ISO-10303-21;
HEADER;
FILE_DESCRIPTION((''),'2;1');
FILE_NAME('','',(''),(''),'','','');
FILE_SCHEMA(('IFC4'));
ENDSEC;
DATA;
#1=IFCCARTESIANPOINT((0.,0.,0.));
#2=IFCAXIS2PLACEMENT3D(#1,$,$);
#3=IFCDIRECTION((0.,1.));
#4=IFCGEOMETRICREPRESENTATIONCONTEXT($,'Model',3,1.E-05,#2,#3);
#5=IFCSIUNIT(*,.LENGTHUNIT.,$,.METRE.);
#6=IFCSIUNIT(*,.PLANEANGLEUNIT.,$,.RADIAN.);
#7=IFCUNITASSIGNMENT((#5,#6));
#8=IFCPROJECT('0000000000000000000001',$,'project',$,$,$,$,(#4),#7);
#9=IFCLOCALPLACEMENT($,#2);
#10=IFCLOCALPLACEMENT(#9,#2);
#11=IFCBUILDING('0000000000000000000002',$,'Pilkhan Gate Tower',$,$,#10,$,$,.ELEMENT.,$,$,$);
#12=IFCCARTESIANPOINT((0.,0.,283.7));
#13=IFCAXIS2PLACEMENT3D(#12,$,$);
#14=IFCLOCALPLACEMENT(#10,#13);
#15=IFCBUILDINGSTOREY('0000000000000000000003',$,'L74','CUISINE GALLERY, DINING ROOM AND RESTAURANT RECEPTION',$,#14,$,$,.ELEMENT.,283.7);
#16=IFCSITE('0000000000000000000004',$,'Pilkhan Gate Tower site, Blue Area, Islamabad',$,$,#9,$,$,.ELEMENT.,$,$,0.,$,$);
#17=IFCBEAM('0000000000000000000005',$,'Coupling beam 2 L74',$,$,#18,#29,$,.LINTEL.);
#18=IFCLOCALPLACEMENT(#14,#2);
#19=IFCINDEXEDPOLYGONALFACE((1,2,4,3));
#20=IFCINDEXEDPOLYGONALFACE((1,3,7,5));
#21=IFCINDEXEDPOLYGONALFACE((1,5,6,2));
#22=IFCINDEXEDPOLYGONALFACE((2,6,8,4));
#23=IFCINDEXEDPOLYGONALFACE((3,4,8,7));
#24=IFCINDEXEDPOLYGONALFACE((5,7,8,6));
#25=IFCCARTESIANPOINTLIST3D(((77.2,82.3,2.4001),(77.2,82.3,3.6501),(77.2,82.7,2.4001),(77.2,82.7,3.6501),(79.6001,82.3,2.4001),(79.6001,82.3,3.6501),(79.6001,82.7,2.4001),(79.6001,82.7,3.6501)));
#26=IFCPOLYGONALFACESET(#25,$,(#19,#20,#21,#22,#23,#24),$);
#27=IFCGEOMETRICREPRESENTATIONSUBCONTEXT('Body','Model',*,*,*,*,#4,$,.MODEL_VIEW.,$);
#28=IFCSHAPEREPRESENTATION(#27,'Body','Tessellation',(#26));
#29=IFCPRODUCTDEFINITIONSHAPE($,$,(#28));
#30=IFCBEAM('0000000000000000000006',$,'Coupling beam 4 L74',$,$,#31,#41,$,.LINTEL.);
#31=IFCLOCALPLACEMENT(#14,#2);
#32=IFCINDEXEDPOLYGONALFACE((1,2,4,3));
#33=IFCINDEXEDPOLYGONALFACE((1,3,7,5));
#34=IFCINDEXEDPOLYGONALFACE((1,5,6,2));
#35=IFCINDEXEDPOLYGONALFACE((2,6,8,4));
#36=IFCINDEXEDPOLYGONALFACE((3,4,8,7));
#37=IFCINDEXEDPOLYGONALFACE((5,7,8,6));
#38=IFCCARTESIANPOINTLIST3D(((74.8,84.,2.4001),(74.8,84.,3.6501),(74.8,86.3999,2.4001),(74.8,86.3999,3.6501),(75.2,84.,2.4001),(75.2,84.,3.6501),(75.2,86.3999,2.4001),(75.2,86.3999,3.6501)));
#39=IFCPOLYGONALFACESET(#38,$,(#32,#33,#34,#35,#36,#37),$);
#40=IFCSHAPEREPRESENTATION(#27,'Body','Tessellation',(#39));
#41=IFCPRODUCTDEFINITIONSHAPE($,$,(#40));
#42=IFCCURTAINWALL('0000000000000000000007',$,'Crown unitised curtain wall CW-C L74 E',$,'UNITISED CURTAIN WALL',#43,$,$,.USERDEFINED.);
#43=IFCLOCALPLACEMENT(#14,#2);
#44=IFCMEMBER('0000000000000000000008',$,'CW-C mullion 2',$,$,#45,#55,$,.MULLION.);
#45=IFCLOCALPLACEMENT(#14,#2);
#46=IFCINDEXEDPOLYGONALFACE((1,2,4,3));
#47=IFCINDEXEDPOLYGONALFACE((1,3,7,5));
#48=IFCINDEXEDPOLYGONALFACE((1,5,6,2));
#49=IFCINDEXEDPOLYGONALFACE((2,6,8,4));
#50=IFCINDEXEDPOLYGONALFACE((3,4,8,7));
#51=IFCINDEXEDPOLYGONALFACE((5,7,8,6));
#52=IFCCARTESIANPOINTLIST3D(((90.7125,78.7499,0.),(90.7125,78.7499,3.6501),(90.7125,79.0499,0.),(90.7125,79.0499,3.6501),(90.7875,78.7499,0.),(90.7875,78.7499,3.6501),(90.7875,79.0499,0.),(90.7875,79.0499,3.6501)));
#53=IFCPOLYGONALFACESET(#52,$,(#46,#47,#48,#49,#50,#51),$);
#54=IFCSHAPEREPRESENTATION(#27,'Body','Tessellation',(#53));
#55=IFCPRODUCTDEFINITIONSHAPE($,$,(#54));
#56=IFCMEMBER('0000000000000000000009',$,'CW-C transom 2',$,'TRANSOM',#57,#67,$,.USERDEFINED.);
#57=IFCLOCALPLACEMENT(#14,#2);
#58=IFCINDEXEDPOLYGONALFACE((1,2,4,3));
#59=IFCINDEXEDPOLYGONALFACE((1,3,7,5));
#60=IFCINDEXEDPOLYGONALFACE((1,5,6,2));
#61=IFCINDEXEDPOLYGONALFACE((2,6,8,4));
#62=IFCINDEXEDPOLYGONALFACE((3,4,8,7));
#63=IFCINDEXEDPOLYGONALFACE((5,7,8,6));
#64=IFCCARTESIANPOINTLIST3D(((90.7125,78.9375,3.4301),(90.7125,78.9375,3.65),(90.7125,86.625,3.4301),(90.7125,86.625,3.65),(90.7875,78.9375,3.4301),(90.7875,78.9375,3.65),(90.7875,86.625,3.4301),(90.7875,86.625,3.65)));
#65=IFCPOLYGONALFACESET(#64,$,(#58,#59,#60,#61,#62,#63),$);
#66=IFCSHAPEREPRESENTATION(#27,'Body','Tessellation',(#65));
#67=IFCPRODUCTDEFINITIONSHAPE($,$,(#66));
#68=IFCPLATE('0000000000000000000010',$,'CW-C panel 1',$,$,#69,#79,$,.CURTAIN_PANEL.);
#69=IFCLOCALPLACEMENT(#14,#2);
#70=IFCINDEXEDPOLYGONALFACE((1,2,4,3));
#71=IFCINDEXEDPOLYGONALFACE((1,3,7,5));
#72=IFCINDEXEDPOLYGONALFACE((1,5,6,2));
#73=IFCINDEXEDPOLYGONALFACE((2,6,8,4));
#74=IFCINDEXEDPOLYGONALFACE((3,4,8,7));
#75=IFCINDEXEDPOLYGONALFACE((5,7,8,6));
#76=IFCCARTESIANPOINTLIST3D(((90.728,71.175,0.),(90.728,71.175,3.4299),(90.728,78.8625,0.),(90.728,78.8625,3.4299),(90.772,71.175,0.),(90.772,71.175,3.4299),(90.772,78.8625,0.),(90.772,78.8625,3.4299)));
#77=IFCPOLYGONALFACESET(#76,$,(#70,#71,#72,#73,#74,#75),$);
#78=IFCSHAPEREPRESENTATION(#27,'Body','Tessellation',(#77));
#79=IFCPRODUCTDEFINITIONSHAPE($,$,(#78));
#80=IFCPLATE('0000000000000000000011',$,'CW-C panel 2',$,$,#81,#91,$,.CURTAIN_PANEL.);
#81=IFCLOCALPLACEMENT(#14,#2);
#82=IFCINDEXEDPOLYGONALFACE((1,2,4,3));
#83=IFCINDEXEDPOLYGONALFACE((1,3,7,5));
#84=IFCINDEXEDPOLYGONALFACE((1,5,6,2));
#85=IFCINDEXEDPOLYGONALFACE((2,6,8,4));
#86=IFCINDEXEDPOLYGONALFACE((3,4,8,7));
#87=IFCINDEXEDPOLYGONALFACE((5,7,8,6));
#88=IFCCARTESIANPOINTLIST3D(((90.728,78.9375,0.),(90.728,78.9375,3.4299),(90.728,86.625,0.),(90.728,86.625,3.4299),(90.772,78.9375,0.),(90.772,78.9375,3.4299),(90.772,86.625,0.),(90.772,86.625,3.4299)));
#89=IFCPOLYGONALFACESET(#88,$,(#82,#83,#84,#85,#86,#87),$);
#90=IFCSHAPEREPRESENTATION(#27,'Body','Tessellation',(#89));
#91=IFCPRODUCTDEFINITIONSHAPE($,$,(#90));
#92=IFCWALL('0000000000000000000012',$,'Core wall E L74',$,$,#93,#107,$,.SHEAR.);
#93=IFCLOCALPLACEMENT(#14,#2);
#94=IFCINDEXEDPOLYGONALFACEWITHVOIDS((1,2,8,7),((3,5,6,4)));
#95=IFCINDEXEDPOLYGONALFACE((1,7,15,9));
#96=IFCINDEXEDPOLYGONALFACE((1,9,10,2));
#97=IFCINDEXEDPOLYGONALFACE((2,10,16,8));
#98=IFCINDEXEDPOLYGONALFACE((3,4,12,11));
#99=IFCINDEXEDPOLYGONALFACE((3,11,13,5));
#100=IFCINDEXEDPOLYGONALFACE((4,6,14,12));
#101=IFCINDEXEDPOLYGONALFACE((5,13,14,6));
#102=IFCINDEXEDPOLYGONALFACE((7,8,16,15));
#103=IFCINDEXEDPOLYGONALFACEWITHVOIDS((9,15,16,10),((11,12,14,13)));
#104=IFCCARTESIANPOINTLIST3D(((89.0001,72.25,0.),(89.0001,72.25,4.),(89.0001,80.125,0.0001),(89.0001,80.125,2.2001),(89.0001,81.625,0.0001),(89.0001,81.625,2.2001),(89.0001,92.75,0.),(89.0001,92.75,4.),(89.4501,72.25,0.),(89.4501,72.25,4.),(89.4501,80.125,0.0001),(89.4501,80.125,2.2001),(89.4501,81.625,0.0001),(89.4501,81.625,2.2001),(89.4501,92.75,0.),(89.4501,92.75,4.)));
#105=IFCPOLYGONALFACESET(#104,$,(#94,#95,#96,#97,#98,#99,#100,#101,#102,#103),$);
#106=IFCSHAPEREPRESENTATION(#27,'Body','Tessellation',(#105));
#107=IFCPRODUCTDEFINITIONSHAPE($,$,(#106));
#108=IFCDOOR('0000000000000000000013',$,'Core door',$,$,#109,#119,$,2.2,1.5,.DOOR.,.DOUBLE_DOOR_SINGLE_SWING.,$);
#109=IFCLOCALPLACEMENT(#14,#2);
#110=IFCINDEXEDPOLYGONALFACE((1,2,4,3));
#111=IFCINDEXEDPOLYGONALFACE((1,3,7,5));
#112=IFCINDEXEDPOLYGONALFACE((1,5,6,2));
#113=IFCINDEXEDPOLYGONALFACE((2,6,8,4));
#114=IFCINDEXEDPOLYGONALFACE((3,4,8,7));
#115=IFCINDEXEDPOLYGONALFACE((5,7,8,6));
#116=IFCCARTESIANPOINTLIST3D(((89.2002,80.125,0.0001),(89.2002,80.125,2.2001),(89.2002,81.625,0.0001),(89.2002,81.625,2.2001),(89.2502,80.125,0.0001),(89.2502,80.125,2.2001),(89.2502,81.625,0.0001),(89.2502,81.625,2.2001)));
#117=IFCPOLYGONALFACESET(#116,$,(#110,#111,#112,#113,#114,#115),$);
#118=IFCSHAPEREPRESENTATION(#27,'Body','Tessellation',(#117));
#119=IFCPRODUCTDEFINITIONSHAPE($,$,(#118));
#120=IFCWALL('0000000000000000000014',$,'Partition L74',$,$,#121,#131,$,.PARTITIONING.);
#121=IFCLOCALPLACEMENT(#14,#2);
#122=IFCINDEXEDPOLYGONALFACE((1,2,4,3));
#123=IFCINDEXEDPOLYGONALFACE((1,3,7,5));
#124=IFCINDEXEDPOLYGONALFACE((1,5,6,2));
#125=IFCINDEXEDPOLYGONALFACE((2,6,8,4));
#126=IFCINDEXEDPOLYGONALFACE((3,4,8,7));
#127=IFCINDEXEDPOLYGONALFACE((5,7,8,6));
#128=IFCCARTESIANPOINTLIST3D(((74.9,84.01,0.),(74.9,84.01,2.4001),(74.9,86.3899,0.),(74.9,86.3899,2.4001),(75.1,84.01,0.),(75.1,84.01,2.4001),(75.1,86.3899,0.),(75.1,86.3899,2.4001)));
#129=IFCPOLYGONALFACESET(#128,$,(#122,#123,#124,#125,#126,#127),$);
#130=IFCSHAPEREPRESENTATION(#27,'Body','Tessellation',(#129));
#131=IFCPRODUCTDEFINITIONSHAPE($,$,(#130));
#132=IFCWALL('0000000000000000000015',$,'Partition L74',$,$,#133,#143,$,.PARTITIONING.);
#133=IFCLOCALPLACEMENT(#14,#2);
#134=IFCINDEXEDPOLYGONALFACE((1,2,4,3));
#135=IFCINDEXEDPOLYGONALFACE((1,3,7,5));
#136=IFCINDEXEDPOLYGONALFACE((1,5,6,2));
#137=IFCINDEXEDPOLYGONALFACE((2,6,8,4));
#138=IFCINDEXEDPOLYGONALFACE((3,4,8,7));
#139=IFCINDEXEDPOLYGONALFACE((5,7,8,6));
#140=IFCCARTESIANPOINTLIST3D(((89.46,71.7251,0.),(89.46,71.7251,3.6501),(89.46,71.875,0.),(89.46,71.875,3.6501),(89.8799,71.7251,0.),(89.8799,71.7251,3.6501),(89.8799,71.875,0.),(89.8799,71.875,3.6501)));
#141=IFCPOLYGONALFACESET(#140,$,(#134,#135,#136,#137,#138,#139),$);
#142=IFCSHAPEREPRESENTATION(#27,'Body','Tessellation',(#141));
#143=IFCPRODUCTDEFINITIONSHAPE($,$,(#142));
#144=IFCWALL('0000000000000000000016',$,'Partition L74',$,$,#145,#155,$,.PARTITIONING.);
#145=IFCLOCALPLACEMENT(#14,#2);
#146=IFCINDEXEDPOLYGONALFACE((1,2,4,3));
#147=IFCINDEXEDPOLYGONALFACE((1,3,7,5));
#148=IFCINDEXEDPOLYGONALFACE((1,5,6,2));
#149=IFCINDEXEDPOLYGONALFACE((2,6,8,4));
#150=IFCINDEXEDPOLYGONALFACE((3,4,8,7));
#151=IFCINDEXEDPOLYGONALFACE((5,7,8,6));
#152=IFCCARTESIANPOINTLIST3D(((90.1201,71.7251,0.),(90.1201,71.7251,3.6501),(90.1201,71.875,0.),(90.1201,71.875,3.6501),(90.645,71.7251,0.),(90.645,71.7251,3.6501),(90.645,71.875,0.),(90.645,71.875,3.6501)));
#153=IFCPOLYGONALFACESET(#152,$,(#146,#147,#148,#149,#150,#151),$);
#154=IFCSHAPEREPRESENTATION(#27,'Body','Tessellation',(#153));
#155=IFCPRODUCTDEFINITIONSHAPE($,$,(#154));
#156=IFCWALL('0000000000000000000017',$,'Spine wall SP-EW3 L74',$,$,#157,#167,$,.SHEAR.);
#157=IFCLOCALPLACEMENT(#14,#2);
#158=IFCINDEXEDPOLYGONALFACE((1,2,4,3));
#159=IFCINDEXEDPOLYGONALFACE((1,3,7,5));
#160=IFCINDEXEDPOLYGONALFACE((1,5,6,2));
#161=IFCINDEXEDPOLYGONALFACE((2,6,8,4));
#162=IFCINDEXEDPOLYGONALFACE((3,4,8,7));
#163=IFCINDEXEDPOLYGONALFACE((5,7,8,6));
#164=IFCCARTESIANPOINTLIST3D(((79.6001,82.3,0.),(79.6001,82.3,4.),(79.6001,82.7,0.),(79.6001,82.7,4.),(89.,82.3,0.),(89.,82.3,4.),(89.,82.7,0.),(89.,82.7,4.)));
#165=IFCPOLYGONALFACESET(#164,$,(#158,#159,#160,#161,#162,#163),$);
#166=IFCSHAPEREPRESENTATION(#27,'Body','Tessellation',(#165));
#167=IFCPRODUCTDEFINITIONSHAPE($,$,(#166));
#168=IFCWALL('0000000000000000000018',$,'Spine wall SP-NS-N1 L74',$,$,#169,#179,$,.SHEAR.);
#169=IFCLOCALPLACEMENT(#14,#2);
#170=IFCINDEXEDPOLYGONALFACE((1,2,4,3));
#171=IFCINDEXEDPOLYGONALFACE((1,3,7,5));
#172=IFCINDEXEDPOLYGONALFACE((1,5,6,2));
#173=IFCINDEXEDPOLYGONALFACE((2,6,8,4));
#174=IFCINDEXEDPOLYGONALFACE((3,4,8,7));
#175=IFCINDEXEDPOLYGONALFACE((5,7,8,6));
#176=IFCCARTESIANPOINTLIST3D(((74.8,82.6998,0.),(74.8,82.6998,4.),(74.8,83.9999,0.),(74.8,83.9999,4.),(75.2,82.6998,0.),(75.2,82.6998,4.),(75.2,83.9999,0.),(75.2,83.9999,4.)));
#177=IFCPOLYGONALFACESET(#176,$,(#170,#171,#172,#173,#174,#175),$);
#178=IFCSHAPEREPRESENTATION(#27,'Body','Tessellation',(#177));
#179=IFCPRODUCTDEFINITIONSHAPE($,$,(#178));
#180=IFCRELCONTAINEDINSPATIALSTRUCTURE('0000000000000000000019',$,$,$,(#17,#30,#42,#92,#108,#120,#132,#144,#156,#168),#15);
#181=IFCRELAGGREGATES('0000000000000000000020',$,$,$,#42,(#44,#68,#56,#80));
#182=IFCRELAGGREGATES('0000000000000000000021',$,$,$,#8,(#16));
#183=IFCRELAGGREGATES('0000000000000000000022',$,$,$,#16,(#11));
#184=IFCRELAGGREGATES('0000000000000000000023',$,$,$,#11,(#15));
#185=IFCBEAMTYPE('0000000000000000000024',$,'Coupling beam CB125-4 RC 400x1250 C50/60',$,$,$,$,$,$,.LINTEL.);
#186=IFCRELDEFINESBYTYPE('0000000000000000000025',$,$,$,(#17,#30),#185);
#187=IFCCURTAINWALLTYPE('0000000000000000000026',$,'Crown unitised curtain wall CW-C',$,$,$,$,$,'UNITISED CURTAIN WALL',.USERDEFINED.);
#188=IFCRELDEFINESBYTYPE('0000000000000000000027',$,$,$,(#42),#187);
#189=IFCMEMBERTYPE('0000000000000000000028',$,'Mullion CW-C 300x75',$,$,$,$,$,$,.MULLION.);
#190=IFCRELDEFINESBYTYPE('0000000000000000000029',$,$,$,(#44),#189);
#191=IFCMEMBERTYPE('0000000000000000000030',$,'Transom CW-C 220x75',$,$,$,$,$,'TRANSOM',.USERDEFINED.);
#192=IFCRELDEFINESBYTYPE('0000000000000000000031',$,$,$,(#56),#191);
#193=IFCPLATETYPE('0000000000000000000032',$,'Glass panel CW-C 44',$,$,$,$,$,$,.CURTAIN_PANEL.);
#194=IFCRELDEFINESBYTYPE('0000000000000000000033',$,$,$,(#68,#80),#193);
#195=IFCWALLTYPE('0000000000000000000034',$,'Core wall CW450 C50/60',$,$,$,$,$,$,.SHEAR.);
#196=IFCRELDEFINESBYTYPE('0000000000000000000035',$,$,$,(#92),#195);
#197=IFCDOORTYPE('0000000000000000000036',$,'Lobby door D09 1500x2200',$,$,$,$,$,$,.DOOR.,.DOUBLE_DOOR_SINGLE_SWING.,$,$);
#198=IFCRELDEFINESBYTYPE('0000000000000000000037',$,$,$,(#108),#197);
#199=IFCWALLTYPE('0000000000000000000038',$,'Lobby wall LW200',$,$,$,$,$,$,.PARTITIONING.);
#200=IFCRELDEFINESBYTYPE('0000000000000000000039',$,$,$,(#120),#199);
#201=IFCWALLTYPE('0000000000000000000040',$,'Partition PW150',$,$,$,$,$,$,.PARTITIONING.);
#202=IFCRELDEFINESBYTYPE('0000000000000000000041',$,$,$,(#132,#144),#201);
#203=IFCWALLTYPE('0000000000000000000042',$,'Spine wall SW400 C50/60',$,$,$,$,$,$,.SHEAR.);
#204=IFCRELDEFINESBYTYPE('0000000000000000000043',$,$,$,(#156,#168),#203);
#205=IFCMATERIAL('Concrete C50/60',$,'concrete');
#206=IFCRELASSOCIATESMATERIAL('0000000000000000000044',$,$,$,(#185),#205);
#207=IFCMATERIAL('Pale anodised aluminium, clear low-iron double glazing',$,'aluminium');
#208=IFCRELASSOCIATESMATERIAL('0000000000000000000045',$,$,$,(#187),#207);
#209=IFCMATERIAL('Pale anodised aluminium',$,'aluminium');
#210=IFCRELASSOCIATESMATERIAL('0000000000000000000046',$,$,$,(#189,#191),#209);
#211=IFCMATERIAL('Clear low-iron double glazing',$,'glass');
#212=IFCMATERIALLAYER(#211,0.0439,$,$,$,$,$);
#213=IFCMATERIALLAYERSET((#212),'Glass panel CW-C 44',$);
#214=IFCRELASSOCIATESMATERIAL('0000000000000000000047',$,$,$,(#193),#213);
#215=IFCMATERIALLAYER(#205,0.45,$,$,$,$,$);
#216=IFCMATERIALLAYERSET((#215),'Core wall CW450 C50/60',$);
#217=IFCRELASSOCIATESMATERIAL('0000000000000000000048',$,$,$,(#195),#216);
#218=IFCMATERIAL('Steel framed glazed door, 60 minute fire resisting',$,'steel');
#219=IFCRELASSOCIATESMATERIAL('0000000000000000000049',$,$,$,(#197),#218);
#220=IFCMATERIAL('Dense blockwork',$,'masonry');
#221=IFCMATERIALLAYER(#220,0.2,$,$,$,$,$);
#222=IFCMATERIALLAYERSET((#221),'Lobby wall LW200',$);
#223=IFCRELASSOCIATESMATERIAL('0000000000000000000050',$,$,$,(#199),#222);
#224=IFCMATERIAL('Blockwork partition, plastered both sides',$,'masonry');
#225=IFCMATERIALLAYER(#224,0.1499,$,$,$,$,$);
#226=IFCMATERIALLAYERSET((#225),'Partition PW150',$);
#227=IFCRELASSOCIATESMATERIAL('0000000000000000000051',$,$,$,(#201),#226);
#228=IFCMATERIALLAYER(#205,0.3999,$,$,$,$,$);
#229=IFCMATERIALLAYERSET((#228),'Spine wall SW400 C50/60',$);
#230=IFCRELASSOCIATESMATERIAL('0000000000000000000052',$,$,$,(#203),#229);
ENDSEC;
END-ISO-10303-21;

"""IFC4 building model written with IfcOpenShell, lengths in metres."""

from ifc_helpers import new_model, si_unit, direction, frame, frame_2d, origin, origin_2d, place, context, subcontext, project, spatial, rectangle, extrude, material, layer, layer_set, material_profile, profile_set, type_object, element, fill, aggregate, save


model = new_model("IFC4")

# Units and contexts
model_context = context("Model", 3, precision=1e-05, world=origin(), true_north=direction((0.0, 1.0)))
body_context = subcontext(model_context, "Body", "Model", "MODEL_VIEW")
ifc_project = project(units=[si_unit("LENGTHUNIT", "METRE"), si_unit("PLANEANGLEUNIT", "RADIAN")], contexts=[model_context])

# Site, building, storey
site_placement = place(None, origin())
site = spatial("IfcSite", under=ifc_project, at=site_placement, Name="Pilkhan Gate Tower site, Blue Area, Islamabad", CompositionType="ELEMENT", RefElevation=0.0)
building_placement = place(site_placement, origin())
building = spatial("IfcBuilding", under=site, at=building_placement, Name="Pilkhan Gate Tower", CompositionType="ELEMENT")
storey_placement = place(building_placement, frame((0.0, 0.0, 283.7)))
storey = spatial("IfcBuildingStorey", under=building, at=storey_placement, Name="L74", Description="CUISINE GALLERY, DINING ROOM AND RESTAURANT RECEPTION", CompositionType="ELEMENT", Elevation=283.7)

# Beams
ifc_material_1 = material(Name="Concrete C50/60", Category="concrete")
ifc_material_profile_1 = material_profile(ifc_material_1, rectangle(XDim=0.3999, YDim=1.25, at=origin_2d()), Name="RC 400x1250")
ifc_profile_set_1 = profile_set([ifc_material_profile_1], Name="Concrete C50/60")
beam_type = type_object("IfcBeamType", Name="Coupling beam CB125-4 RC 400x1250 C50/60", PredefinedType="LINTEL", material=ifc_profile_set_1)
beam_1_placement = place(storey_placement, frame((77.2, 82.5, 3.0251), z_axis=(1.0, 0.0, 0.0), x_axis=(0.0, 1.0, 0.0)))
element("IfcBeam", 1, at=beam_1_placement, inside=storey, type_object=beam_type, Name="Coupling beam 2 L74", PredefinedType="LINTEL", context=body_context, shape_type="SweptSolid", body=[
    extrude(rectangle(XDim=0.3999, YDim=1.25, at=origin_2d()), origin(), (0.0, 0.0, 1.0), 2.4001),
])
beam_2_placement = place(storey_placement, frame((75.0, 84.0, 3.0251), z_axis=(0.0, 1.0, 0.0), x_axis=(-1.0, 0.0, 0.0)))
element("IfcBeam", 2, at=beam_2_placement, inside=storey, type_object=beam_type, Name="Coupling beam 4 L74", PredefinedType="LINTEL", context=body_context, shape_type="SweptSolid", body=[
    extrude(rectangle(XDim=0.3999, YDim=1.25, at=origin_2d()), origin(), (0.0, 0.0, 1.0), 2.3999),
])

# Curtain wall, members, plates
ifc_material_2 = material(Name="Pale anodised aluminium, clear low-iron double glazing", Category="aluminium")
curtain_wall_type = type_object("IfcCurtainWallType", Name="Crown unitised curtain wall CW-C", ElementType="UNITISED CURTAIN WALL", PredefinedType="USERDEFINED", material=ifc_material_2)
curtain_wall_placement = place(storey_placement, origin())
curtain_wall = element("IfcCurtainWall", 3, at=curtain_wall_placement, inside=storey, type_object=curtain_wall_type, Name="Crown unitised curtain wall CW-C L74 E", ObjectType="UNITISED CURTAIN WALL", PredefinedType="USERDEFINED")
ifc_material_3 = material(Name="Pale anodised aluminium", Category="aluminium")
ifc_material_profile_2 = material_profile(ifc_material_3, rectangle(XDim=0.075, YDim=0.3, at=origin_2d()), Name="Mullion 300x75")
ifc_profile_set_2 = profile_set([ifc_material_profile_2], Name="Pale anodised aluminium")
member_type_1 = type_object("IfcMemberType", Name="Mullion CW-C 300x75", PredefinedType="MULLION", material=ifc_profile_set_2)
member_1_placement = place(storey_placement, frame((90.75, 78.8999, 0.0), z_axis=(0.0, 0.0, 1.0), x_axis=(-1.0, 0.0, 0.0)))
member_1 = element("IfcMember", 4, at=member_1_placement, type_object=member_type_1, Name="CW-C mullion 2", PredefinedType="MULLION", context=body_context, shape_type="SweptSolid", body=[
    extrude(rectangle(XDim=0.075, YDim=0.3, at=origin_2d()), origin(), (0.0, 0.0, 1.0), 3.6501),
])
ifc_material_profile_3 = material_profile(ifc_material_3, rectangle(XDim=0.075, YDim=0.22, at=origin_2d()), Name="Transom 220x75")
ifc_profile_set_3 = profile_set([ifc_material_profile_3], Name="Pale anodised aluminium")
member_type_2 = type_object("IfcMemberType", Name="Transom CW-C 220x75", ElementType="TRANSOM", PredefinedType="USERDEFINED", material=ifc_profile_set_3)
member_2_placement = place(storey_placement, frame((90.75, 78.9375, 3.54), z_axis=(0.0, 1.0, 0.0), x_axis=(-1.0, 0.0, 0.0)))
member_2 = element("IfcMember", 5, at=member_2_placement, type_object=member_type_2, Name="CW-C transom 2", ObjectType="TRANSOM", PredefinedType="USERDEFINED", context=body_context, shape_type="SweptSolid", body=[
    extrude(rectangle(XDim=0.075, YDim=0.22, at=origin_2d()), origin(), (0.0, 0.0, 1.0), 7.6875),
])
ifc_material_4 = material(Name="Clear low-iron double glazing", Category="glass")
ifc_layer_1 = layer(ifc_material_4, 0.0439)
ifc_layer_set_1 = layer_set([ifc_layer_1], Name="Glass panel CW-C 44")
plate_type = type_object("IfcPlateType", Name="Glass panel CW-C 44", PredefinedType="CURTAIN_PANEL", material=ifc_layer_set_1)
plate_1_placement = place(storey_placement, frame((90.75, 75.0188, 0.0), z_axis=(0.0, 0.0, 1.0), x_axis=(0.0, 1.0, 0.0)))
plate_1 = element("IfcPlate", 6, at=plate_1_placement, type_object=plate_type, Name="CW-C panel 1", PredefinedType="CURTAIN_PANEL", context=body_context, shape_type="SweptSolid", body=[
    extrude(rectangle(XDim=7.6875, YDim=0.0439, at=origin_2d()), origin(), (0.0, 0.0, 1.0), 3.4299),
])
plate_2_placement = place(storey_placement, frame((90.75, 82.7812, 0.0), z_axis=(0.0, 0.0, 1.0), x_axis=(0.0, 1.0, 0.0)))
plate_2 = element("IfcPlate", 7, at=plate_2_placement, type_object=plate_type, Name="CW-C panel 2", PredefinedType="CURTAIN_PANEL", context=body_context, shape_type="SweptSolid", body=[
    extrude(rectangle(XDim=7.6875, YDim=0.0439, at=origin_2d()), origin(), (0.0, 0.0, 1.0), 3.4299),
])
aggregate(curtain_wall, [member_1, plate_1, member_2, plate_2])

# Wall, opening, door
ifc_layer_2 = layer(ifc_material_1, 0.45)
ifc_layer_set_2 = layer_set([ifc_layer_2], Name="Core wall CW450 C50/60")
wall_type_1 = type_object("IfcWallType", Name="Core wall CW450 C50/60", PredefinedType="SHEAR", material=ifc_layer_set_2)
wall_1_placement = place(storey_placement, frame((89.2251, 72.25, 0.0), z_axis=(0.0, 0.0, 1.0), x_axis=(0.0, 1.0, 0.0)))
wall_1 = element("IfcWall", 8, at=wall_1_placement, inside=storey, type_object=wall_type_1, Name="Core wall E L74", PredefinedType="SHEAR", context=body_context, shape_type="SweptSolid", body=[
    extrude(rectangle(XDim=20.5, YDim=0.45, at=frame_2d((10.25, 0.0))), origin(), (0.0, 0.0, 1.0), 4.0),
])
opening_1_placement = place(wall_1_placement, frame((7.875, 0.0, 0.0)))
opening_1 = element("IfcOpeningElement", 9, at=opening_1_placement, cuts=wall_1, PredefinedType="OPENING", context=body_context, shape_type="SweptSolid", body=[
    extrude(rectangle(XDim=1.5, YDim=2.2, at=frame_2d((0.75, 1.1001))), frame((0.0, 0.2349, 0.0), z_axis=(0.0, -1.0, 0.0), x_axis=(1.0, 0.0, 0.0)), (0.0, 0.0, 1.0), 0.47),
])
ifc_material_5 = material(Name="Steel framed glazed door, 60 minute fire resisting", Category="steel")
door_type_1 = type_object("IfcDoorType", Name="Lobby door D09 1500x2200", OperationType="DOUBLE_DOOR_SINGLE_SWING", PredefinedType="DOOR", material=ifc_material_5)
door_1_placement = place(opening_1_placement, origin())
door_1 = element("IfcDoor", 10, at=door_1_placement, inside=storey, type_object=door_type_1, Name="Core door", OperationType="DOUBLE_DOOR_SINGLE_SWING", OverallHeight=2.2, OverallWidth=1.5, PredefinedType="DOOR", context=body_context, shape_type="SweptSolid", body=[
    extrude(rectangle(XDim=1.5, YDim=2.2, at=frame_2d((0.75, 1.1001))), frame((0.0, 0.0249, 0.0), z_axis=(0.0, -1.0, 0.0), x_axis=(1.0, 0.0, 0.0)), (0.0, 0.0, 1.0), 0.05),
])
fill(opening_1, door_1)

# Walls
ifc_material_6 = material(Name="Dense blockwork", Category="masonry")
ifc_layer_3 = layer(ifc_material_6, 0.2)
ifc_layer_set_3 = layer_set([ifc_layer_3], Name="Lobby wall LW200")
wall_type_2 = type_object("IfcWallType", Name="Lobby wall LW200", PredefinedType="PARTITIONING", material=ifc_layer_set_3)
wall_2_placement = place(storey_placement, frame((75.0, 84.01, 0.0), z_axis=(0.0, 0.0, 1.0), x_axis=(0.0, 1.0, 0.0)))
element("IfcWall", 11, at=wall_2_placement, inside=storey, type_object=wall_type_2, Name="Partition L74", PredefinedType="PARTITIONING", context=body_context, shape_type="SweptSolid", body=[
    extrude(rectangle(XDim=2.3799, YDim=0.2, at=frame_2d((1.1899, 0.0))), origin(), (0.0, 0.0, 1.0), 2.4001),
])
ifc_material_7 = material(Name="Blockwork partition, plastered both sides", Category="masonry")
ifc_layer_4 = layer(ifc_material_7, 0.1499)
ifc_layer_set_4 = layer_set([ifc_layer_4], Name="Partition PW150")
wall_type_3 = type_object("IfcWallType", Name="Partition PW150", PredefinedType="PARTITIONING", material=ifc_layer_set_4)
wall_3_placement = place(storey_placement, frame((89.46, 71.8, 0.0), z_axis=(0.0, 0.0, 1.0), x_axis=(1.0, 0.0, 0.0)))
element("IfcWall", 12, at=wall_3_placement, inside=storey, type_object=wall_type_3, Name="Partition L74", PredefinedType="PARTITIONING", context=body_context, shape_type="SweptSolid", body=[
    extrude(rectangle(XDim=0.4199, YDim=0.1499, at=frame_2d((0.21, 0.0))), origin(), (0.0, 0.0, 1.0), 3.6501),
])
wall_4_placement = place(storey_placement, frame((90.1201, 71.8, 0.0), z_axis=(0.0, 0.0, 1.0), x_axis=(1.0, 0.0, 0.0)))
element("IfcWall", 13, at=wall_4_placement, inside=storey, type_object=wall_type_3, Name="Partition L74", PredefinedType="PARTITIONING", context=body_context, shape_type="SweptSolid", body=[
    extrude(rectangle(XDim=0.5249, YDim=0.1499, at=frame_2d((0.2625, 0.0))), origin(), (0.0, 0.0, 1.0), 3.6501),
])
ifc_layer_5 = layer(ifc_material_1, 0.3999)
ifc_layer_set_5 = layer_set([ifc_layer_5], Name="Spine wall SW400 C50/60")
wall_type_4 = type_object("IfcWallType", Name="Spine wall SW400 C50/60", PredefinedType="SHEAR", material=ifc_layer_set_5)
wall_5_placement = place(storey_placement, frame((79.6001, 82.5, 0.0), z_axis=(0.0, 0.0, 1.0), x_axis=(1.0, 0.0, 0.0)))
element("IfcWall", 14, at=wall_5_placement, inside=storey, type_object=wall_type_4, Name="Spine wall SP-EW3 L74", PredefinedType="SHEAR", context=body_context, shape_type="SweptSolid", body=[
    extrude(rectangle(XDim=9.3999, YDim=0.3999, at=frame_2d((4.7, 0.0))), origin(), (0.0, 0.0, 1.0), 4.0),
])
wall_6_placement = place(storey_placement, frame((75.0, 82.7, 0.0), z_axis=(0.0, 0.0, 1.0), x_axis=(0.0, 1.0, 0.0)))
element("IfcWall", 15, at=wall_6_placement, inside=storey, type_object=wall_type_4, Name="Spine wall SP-NS-N1 L74", PredefinedType="SHEAR", context=body_context, shape_type="SweptSolid", body=[
    extrude(rectangle(XDim=1.3, YDim=0.3999, at=frame_2d((0.6499, 0.0))), origin(), (0.0, 0.0, 1.0), 4.0),
])

save(model, "model.ifc")
